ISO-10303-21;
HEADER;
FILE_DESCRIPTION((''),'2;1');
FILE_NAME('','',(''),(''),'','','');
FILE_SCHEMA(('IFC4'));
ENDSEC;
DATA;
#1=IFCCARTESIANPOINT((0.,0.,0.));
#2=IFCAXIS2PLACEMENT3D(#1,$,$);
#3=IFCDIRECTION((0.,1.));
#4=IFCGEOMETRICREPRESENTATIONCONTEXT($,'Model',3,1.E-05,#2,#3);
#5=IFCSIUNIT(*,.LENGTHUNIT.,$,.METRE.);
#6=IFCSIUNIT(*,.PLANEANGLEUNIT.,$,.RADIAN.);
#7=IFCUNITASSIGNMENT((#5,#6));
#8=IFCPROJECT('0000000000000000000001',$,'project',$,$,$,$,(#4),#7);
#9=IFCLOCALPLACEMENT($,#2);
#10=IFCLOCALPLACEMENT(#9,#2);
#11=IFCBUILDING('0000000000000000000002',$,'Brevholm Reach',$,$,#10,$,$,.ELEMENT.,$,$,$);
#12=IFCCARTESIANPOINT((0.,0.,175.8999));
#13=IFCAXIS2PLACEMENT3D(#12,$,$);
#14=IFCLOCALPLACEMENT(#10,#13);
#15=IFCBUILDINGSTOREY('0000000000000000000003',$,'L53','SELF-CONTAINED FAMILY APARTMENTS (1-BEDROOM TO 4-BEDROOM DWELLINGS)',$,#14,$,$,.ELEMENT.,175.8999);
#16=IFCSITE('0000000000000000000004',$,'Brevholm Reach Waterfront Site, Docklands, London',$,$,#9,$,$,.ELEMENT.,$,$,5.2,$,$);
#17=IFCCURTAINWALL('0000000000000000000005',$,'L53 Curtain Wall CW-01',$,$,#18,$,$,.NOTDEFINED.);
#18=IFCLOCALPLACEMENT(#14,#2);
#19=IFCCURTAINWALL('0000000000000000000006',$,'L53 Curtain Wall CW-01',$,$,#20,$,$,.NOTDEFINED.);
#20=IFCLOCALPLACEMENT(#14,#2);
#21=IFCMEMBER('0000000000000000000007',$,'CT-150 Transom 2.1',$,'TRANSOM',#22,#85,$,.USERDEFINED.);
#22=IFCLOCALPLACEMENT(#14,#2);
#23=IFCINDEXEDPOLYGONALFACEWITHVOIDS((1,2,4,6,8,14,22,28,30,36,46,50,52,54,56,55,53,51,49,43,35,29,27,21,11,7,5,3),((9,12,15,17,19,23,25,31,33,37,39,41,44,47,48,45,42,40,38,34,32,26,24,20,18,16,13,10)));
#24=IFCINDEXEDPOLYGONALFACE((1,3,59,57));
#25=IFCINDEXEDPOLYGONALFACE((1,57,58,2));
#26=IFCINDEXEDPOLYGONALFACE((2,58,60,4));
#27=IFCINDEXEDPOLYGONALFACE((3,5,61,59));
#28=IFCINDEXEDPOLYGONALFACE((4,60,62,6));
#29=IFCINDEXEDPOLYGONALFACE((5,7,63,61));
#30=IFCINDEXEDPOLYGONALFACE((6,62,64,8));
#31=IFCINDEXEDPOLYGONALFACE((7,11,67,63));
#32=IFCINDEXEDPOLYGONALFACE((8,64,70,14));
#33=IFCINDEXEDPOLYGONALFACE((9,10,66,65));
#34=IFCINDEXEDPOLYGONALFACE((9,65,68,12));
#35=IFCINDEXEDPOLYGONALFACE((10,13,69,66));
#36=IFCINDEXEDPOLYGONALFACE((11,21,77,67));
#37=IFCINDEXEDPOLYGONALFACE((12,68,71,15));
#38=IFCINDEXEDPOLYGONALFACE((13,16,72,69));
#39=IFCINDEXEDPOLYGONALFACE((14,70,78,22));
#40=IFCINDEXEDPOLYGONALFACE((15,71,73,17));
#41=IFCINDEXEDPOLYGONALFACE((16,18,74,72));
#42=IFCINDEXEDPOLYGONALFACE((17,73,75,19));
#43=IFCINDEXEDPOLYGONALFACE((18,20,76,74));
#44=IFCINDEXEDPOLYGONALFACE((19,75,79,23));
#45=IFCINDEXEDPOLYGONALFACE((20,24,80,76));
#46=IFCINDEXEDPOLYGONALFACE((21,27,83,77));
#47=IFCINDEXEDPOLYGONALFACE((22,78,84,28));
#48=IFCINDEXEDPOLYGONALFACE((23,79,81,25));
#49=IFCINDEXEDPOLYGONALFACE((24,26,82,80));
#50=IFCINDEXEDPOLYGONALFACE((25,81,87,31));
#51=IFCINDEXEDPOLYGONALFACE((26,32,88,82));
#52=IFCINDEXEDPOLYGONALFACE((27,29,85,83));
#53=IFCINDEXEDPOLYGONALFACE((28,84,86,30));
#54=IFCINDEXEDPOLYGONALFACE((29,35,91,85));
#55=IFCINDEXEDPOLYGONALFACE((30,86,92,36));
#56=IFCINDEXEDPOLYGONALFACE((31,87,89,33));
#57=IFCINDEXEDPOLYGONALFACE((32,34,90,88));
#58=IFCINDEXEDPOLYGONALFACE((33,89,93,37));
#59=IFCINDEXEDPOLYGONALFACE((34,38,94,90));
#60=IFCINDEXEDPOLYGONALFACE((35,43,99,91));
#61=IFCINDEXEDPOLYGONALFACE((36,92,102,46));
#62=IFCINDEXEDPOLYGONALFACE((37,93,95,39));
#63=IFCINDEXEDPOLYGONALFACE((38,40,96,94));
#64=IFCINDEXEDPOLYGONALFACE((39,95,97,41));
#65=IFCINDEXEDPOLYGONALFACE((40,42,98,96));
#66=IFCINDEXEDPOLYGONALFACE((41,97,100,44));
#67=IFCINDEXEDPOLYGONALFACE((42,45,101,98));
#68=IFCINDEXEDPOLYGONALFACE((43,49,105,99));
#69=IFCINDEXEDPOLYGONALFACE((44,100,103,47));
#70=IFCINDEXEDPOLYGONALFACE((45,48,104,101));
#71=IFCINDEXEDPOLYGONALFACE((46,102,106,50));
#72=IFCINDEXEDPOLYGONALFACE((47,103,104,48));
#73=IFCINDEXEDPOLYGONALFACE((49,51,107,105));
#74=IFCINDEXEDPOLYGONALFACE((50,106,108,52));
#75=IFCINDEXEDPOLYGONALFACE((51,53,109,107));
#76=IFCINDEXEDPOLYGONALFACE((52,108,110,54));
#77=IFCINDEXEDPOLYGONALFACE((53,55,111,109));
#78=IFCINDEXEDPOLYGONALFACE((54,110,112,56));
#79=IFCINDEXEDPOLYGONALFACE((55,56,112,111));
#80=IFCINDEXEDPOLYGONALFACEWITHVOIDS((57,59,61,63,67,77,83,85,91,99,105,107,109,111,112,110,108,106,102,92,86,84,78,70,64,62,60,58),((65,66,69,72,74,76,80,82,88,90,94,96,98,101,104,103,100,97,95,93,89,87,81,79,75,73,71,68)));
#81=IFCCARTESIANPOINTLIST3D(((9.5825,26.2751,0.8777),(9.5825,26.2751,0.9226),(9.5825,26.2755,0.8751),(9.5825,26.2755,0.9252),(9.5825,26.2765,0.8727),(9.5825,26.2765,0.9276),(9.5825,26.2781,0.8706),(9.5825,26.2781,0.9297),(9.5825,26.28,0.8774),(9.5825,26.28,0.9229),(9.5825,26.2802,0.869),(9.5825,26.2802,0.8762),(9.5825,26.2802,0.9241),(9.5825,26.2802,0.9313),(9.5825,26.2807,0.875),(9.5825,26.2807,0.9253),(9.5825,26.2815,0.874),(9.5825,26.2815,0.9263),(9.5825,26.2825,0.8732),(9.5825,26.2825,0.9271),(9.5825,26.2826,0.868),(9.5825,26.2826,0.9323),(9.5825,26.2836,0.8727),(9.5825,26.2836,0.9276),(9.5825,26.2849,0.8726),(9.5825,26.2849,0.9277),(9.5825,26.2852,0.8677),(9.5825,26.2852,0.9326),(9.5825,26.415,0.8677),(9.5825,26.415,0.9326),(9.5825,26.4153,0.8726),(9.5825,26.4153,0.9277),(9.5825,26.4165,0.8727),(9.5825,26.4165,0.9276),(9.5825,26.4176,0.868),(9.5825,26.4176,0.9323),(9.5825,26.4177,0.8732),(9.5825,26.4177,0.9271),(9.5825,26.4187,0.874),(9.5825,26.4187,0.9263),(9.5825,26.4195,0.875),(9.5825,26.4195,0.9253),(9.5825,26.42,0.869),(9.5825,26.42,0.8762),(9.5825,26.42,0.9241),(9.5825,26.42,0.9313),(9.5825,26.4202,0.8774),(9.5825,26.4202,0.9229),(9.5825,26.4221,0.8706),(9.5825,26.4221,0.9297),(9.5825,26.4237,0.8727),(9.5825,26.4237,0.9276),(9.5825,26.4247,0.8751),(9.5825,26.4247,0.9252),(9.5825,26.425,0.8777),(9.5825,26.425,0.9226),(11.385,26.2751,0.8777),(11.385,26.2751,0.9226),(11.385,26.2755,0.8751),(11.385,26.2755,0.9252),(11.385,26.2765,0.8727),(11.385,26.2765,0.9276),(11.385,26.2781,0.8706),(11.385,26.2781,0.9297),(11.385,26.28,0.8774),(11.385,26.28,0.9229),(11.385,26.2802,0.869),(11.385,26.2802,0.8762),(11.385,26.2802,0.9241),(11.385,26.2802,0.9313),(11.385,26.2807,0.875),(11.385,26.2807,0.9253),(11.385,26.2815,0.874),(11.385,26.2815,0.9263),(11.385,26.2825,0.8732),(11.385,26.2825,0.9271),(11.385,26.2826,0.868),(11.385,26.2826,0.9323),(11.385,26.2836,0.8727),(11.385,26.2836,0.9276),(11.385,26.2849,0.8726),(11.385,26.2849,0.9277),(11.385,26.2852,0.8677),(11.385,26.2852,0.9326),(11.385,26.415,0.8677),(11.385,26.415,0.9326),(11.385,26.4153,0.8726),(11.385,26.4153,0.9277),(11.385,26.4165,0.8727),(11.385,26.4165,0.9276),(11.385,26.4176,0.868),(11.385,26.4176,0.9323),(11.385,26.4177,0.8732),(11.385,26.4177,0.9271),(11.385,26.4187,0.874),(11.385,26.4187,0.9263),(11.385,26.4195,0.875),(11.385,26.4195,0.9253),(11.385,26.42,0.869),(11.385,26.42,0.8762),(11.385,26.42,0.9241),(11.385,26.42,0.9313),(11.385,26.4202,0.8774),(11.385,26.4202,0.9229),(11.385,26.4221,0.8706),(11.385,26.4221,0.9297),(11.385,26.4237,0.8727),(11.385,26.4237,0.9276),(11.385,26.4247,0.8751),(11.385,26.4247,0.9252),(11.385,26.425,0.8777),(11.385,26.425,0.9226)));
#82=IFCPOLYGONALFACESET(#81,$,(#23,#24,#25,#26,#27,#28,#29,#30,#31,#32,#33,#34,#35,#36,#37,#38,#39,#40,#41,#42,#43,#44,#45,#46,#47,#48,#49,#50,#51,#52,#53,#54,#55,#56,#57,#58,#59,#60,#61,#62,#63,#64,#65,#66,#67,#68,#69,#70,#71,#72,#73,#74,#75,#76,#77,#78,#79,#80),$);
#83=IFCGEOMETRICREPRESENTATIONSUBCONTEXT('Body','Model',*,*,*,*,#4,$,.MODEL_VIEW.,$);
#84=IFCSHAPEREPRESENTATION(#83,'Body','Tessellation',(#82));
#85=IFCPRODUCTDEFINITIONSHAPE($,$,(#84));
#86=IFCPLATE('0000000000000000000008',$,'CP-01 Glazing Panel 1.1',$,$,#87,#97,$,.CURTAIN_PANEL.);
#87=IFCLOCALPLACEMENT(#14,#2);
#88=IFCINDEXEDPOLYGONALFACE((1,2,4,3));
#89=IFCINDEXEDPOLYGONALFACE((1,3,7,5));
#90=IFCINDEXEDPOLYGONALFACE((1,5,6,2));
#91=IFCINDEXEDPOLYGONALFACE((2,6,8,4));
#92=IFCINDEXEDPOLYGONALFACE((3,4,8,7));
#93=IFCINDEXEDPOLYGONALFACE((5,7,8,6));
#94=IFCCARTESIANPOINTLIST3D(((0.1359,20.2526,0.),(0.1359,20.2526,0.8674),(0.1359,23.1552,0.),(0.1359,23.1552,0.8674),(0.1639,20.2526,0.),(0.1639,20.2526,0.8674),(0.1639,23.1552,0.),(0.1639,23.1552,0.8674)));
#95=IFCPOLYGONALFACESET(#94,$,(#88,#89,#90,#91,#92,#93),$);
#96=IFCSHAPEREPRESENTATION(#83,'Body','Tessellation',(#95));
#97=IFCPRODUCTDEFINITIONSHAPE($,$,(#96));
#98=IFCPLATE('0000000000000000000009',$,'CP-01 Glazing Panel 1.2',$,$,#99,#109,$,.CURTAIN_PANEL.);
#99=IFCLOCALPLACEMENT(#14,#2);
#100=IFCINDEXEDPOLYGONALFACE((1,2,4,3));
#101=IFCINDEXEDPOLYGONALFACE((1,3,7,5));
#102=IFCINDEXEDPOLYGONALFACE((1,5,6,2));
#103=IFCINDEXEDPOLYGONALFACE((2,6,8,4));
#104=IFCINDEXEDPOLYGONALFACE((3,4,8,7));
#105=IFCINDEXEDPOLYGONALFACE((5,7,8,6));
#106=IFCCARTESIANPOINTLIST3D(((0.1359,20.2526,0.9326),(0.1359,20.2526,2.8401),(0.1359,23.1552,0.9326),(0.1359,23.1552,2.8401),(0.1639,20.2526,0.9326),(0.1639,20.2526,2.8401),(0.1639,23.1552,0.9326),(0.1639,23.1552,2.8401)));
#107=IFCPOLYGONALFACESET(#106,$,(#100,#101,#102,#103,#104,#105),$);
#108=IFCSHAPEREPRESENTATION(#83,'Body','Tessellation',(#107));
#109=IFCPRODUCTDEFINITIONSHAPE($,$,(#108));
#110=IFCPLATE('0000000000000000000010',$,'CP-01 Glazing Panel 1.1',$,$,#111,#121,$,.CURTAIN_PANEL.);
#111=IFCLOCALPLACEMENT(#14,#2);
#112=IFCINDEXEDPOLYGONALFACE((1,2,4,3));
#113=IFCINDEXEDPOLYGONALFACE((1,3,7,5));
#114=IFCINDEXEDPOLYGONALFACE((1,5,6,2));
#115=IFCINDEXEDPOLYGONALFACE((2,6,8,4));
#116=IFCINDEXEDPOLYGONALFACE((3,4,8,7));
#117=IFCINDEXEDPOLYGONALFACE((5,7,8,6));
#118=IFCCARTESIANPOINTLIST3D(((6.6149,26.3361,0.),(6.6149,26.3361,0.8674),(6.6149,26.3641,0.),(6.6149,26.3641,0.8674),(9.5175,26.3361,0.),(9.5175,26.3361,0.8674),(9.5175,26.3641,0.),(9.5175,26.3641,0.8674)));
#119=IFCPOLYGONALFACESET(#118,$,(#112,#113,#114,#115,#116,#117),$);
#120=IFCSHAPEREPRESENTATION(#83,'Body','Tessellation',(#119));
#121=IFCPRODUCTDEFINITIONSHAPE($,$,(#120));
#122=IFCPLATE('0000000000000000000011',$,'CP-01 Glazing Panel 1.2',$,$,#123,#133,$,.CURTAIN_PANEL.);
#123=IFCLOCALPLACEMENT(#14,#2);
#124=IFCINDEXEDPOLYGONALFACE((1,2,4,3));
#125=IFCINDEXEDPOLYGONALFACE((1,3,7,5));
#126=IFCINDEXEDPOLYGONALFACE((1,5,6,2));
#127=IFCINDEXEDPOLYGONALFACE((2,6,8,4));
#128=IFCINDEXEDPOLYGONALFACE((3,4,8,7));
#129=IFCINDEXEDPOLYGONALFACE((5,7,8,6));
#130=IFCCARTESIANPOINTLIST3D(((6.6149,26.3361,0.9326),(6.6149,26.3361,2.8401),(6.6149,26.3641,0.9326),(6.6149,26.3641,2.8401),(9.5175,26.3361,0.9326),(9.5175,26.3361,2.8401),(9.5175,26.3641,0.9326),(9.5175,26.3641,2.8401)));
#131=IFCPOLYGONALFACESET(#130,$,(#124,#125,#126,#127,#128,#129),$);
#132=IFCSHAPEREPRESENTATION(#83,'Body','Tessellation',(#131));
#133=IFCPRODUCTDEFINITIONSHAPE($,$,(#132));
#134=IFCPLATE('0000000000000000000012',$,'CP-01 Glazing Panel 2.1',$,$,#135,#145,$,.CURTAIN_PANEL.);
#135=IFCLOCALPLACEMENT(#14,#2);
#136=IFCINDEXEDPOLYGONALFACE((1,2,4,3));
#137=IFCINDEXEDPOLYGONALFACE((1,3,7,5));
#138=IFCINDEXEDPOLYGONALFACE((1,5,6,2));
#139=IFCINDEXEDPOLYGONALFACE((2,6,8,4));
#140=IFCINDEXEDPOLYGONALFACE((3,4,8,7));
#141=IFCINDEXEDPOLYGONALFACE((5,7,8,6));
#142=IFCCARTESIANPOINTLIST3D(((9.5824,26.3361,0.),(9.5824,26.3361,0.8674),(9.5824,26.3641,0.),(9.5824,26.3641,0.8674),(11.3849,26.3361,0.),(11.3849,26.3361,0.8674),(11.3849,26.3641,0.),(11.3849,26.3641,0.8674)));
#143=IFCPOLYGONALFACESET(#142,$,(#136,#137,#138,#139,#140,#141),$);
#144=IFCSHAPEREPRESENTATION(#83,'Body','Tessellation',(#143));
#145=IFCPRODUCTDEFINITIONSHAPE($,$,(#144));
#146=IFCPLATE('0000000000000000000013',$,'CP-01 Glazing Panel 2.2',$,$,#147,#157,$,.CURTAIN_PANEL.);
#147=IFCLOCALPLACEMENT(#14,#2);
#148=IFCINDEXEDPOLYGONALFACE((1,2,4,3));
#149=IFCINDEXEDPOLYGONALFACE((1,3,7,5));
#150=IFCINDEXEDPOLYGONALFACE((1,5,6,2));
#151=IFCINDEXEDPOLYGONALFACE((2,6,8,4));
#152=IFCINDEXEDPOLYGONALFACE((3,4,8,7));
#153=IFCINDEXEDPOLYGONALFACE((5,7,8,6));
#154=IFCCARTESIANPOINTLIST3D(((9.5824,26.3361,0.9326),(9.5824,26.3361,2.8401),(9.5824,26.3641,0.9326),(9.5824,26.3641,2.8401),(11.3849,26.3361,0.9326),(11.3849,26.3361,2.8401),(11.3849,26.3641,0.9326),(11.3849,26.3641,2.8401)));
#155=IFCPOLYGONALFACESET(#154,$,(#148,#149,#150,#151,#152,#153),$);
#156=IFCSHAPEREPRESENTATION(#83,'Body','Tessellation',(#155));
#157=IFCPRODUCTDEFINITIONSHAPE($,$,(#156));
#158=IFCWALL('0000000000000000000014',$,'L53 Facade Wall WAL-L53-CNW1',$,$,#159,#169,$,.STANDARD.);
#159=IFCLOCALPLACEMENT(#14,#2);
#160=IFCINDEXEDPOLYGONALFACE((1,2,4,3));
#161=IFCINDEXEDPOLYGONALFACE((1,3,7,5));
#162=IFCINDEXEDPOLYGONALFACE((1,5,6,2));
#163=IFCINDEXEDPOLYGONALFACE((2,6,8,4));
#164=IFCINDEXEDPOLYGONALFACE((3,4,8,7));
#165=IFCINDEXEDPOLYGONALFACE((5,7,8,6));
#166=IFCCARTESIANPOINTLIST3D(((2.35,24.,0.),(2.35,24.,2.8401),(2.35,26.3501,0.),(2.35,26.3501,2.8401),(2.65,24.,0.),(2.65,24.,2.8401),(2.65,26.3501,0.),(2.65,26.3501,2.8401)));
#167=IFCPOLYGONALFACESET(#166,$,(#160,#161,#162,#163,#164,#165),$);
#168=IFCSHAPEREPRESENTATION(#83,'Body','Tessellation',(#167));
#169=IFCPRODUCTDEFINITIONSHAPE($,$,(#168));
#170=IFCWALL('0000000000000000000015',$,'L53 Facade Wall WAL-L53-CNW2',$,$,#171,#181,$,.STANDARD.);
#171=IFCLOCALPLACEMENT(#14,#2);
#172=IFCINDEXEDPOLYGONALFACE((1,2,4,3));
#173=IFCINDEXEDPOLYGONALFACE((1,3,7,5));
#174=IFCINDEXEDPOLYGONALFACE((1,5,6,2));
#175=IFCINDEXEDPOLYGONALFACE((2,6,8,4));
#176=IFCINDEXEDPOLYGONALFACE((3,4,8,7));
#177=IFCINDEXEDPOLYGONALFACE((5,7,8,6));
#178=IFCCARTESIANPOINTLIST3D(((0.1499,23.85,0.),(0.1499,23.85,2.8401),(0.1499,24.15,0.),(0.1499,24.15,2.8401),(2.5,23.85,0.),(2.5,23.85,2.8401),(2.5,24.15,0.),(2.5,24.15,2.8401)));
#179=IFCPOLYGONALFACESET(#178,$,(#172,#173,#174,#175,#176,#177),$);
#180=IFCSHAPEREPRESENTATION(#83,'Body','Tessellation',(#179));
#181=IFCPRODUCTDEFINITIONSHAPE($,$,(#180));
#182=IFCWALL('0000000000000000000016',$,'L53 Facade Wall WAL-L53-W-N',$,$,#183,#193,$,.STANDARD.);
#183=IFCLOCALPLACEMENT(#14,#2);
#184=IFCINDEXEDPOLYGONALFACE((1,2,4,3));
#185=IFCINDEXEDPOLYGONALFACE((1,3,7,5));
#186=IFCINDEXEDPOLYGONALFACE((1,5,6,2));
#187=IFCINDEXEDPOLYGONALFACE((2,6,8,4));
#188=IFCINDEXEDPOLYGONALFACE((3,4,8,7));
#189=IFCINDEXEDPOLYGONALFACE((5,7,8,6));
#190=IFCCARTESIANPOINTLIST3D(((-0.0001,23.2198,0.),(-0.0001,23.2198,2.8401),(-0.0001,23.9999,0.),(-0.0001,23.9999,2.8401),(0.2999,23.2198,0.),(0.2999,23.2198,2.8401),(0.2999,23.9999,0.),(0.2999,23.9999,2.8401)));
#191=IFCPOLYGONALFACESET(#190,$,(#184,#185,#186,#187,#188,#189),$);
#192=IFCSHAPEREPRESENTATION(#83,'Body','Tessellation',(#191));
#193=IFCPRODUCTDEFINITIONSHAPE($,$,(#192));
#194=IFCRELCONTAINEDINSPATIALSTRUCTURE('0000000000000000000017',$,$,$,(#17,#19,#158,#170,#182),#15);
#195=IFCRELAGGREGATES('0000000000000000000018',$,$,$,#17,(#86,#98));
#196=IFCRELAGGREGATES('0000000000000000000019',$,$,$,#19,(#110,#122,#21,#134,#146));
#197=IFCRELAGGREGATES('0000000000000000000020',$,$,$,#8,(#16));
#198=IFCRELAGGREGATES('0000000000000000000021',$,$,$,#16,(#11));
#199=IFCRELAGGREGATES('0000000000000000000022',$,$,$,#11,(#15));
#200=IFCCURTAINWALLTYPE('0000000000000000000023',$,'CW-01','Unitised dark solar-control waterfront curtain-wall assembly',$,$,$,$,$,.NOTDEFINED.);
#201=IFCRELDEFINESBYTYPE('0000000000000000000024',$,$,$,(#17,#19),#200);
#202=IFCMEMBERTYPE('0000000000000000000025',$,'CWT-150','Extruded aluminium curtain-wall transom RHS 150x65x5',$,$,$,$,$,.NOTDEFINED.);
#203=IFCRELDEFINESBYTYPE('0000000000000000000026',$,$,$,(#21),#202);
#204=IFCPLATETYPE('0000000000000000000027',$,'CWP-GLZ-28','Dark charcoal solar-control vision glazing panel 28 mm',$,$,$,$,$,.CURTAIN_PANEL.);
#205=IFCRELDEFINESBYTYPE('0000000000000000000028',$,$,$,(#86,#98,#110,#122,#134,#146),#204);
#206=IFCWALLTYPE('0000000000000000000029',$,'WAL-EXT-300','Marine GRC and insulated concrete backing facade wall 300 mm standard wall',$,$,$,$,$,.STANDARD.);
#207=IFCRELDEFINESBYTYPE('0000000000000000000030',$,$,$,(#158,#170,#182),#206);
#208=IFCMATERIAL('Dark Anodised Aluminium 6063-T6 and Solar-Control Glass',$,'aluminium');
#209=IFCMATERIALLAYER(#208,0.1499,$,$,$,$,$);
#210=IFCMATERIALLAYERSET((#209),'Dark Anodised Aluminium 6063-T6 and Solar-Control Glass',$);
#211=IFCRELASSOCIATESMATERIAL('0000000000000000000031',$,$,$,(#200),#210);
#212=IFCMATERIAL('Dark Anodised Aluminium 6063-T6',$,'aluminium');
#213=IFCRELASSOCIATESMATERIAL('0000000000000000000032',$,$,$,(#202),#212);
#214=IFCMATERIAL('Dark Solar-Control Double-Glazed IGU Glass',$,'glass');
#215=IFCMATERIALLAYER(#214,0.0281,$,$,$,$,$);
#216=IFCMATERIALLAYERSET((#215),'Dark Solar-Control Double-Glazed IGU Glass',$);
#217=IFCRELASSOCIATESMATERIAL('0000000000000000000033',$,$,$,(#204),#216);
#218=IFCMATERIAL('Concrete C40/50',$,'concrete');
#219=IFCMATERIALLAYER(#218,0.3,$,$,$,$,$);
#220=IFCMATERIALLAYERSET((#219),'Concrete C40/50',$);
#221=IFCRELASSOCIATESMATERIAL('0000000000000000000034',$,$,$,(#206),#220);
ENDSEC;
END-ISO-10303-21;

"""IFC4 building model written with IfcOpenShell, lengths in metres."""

from ifc_helpers import new_model, si_unit, direction, frame, frame_2d, origin, origin_2d, place, context, subcontext, project, spatial, rectangle, hollow_rectangle, extrude, material, layer, layer_set, material_profile, profile_set, type_object, element, aggregate, save


model = new_model("IFC4")

# Units and contexts
model_context = context("Model", 3, precision=1e-05, world=origin(), true_north=direction((0.0, 1.0)))
body_context = subcontext(model_context, "Body", "Model", "MODEL_VIEW")
ifc_project = project(units=[si_unit("LENGTHUNIT", "METRE"), si_unit("PLANEANGLEUNIT", "RADIAN")], contexts=[model_context])

# Site, building, storey
site_placement = place(None, origin())
site = spatial("IfcSite", under=ifc_project, at=site_placement, Name="Brevholm Reach Waterfront Site, Docklands, London", CompositionType="ELEMENT", RefElevation=5.2)
building_placement = place(site_placement, origin())
building = spatial("IfcBuilding", under=site, at=building_placement, Name="Brevholm Reach", CompositionType="ELEMENT")
storey_placement = place(building_placement, frame((0.0, 0.0, 175.8999)))
storey = spatial("IfcBuildingStorey", under=building, at=storey_placement, Name="L53", Description="SELF-CONTAINED FAMILY APARTMENTS (1-BEDROOM TO 4-BEDROOM DWELLINGS)", CompositionType="ELEMENT", Elevation=175.8999)

# Curtain wall
ifc_material_1 = material(Name="Dark Anodised Aluminium 6063-T6 and Solar-Control Glass", Category="aluminium")
ifc_layer_1 = layer(ifc_material_1, 0.1499)
ifc_layer_set_1 = layer_set([ifc_layer_1], Name="Dark Anodised Aluminium 6063-T6 and Solar-Control Glass")
curtain_wall_type = type_object("IfcCurtainWallType", Name="CW-01", Description="Unitised dark solar-control waterfront curtain-wall assembly", PredefinedType="NOTDEFINED", material=ifc_layer_set_1)
curtain_wall_1_placement = place(storey_placement, origin())
curtain_wall_1 = element("IfcCurtainWall", 1, at=curtain_wall_1_placement, inside=storey, type_object=curtain_wall_type, Name="L53 Curtain Wall CW-01", PredefinedType="NOTDEFINED")

# Curtain wall
curtain_wall_2_placement = place(storey_placement, origin())
curtain_wall_2 = element("IfcCurtainWall", 2, at=curtain_wall_2_placement, inside=storey, type_object=curtain_wall_type, Name="L53 Curtain Wall CW-01", PredefinedType="NOTDEFINED")

# Member
ifc_material_2 = material(Name="Dark Anodised Aluminium 6063-T6", Category="aluminium")
ifc_material_profile_1 = material_profile(ifc_material_2, hollow_rectangle(XDim=0.0649, YDim=0.1499, WallThickness=0.0049, InnerFilletRadius=0.0049, OuterFilletRadius=0.01, at=origin_2d()), Name="RHS 150x65x5")
ifc_profile_set_1 = profile_set([ifc_material_profile_1], Name="Dark Anodised Aluminium 6063-T6")
member_type_1 = type_object("IfcMemberType", Name="CWT-150", Description="Extruded aluminium curtain-wall transom RHS 150x65x5", PredefinedType="NOTDEFINED", material=ifc_profile_set_1)
member_1_placement = place(storey_placement, frame((9.5825, 26.3501, 0.9001), z_axis=(1.0, 0.0, 0.0), x_axis=(0.0, 0.0, 1.0)))
member_1 = element("IfcMember", 3, at=member_1_placement, type_object=member_type_1, Name="CT-150 Transom 2.1", ObjectType="TRANSOM", PredefinedType="USERDEFINED", context=body_context, shape_type="SweptSolid", body=[
    extrude(hollow_rectangle(XDim=0.0649, YDim=0.1499, WallThickness=0.0049, InnerFilletRadius=0.0049, OuterFilletRadius=0.01, at=origin_2d()), origin(), (0.0, 0.0, 1.0), 1.8025),
])

# Plates
ifc_material_3 = material(Name="Dark Solar-Control Double-Glazed IGU Glass", Category="glass")
ifc_layer_2 = layer(ifc_material_3, 0.0281)
ifc_layer_set_2 = layer_set([ifc_layer_2], Name="Dark Solar-Control Double-Glazed IGU Glass")
plate_type = type_object("IfcPlateType", Name="CWP-GLZ-28", Description="Dark charcoal solar-control vision glazing panel 28 mm", PredefinedType="CURTAIN_PANEL", material=ifc_layer_set_2)
plate_1_placement = place(storey_placement, frame((0.1499, 21.7039, 0.0), z_axis=(0.0, 0.0, 1.0), x_axis=(0.0, -1.0, 0.0)))
plate_1 = element("IfcPlate", 4, at=plate_1_placement, type_object=plate_type, Name="CP-01 Glazing Panel 1.1", PredefinedType="CURTAIN_PANEL", context=body_context, shape_type="SweptSolid", body=[
    extrude(rectangle(XDim=2.9026, YDim=0.0281, at=origin_2d()), origin(), (0.0, 0.0, 1.0), 0.8674),
])
plate_2_placement = place(storey_placement, frame((0.1499, 21.7039, 0.9326), z_axis=(0.0, 0.0, 1.0), x_axis=(0.0, -1.0, 0.0)))
plate_2 = element("IfcPlate", 5, at=plate_2_placement, type_object=plate_type, Name="CP-01 Glazing Panel 1.2", PredefinedType="CURTAIN_PANEL", context=body_context, shape_type="SweptSolid", body=[
    extrude(rectangle(XDim=2.9026, YDim=0.0281, at=origin_2d()), origin(), (0.0, 0.0, 1.0), 1.9075),
])
aggregate(curtain_wall_1, [plate_1, plate_2])
plate_3_placement = place(storey_placement, frame((8.0662, 26.3501, 0.0), z_axis=(0.0, 0.0, 1.0), x_axis=(1.0, 0.0, 0.0)))
plate_3 = element("IfcPlate", 6, at=plate_3_placement, type_object=plate_type, Name="CP-01 Glazing Panel 1.1", PredefinedType="CURTAIN_PANEL", context=body_context, shape_type="SweptSolid", body=[
    extrude(rectangle(XDim=2.9026, YDim=0.0281, at=origin_2d()), origin(), (0.0, 0.0, 1.0), 0.8674),
])
plate_4_placement = place(storey_placement, frame((8.0662, 26.3501, 0.9326), z_axis=(0.0, 0.0, 1.0), x_axis=(1.0, 0.0, 0.0)))
plate_4 = element("IfcPlate", 7, at=plate_4_placement, type_object=plate_type, Name="CP-01 Glazing Panel 1.2", PredefinedType="CURTAIN_PANEL", context=body_context, shape_type="SweptSolid", body=[
    extrude(rectangle(XDim=2.9026, YDim=0.0281, at=origin_2d()), origin(), (0.0, 0.0, 1.0), 1.9075),
])
plate_5_placement = place(storey_placement, frame((10.4836, 26.3501, 0.0), z_axis=(0.0, 0.0, 1.0), x_axis=(1.0, 0.0, 0.0)))
plate_5 = element("IfcPlate", 8, at=plate_5_placement, type_object=plate_type, Name="CP-01 Glazing Panel 2.1", PredefinedType="CURTAIN_PANEL", context=body_context, shape_type="SweptSolid", body=[
    extrude(rectangle(XDim=1.8025, YDim=0.0281, at=origin_2d()), origin(), (0.0, 0.0, 1.0), 0.8674),
])
plate_6_placement = place(storey_placement, frame((10.4836, 26.3501, 0.9326), z_axis=(0.0, 0.0, 1.0), x_axis=(1.0, 0.0, 0.0)))
plate_6 = element("IfcPlate", 9, at=plate_6_placement, type_object=plate_type, Name="CP-01 Glazing Panel 2.2", PredefinedType="CURTAIN_PANEL", context=body_context, shape_type="SweptSolid", body=[
    extrude(rectangle(XDim=1.8025, YDim=0.0281, at=origin_2d()), origin(), (0.0, 0.0, 1.0), 1.9075),
])
aggregate(curtain_wall_2, [plate_3, plate_4, member_1, plate_5, plate_6])

# Walls
ifc_material_4 = material(Name="Concrete C40/50", Category="concrete")
ifc_layer_3 = layer(ifc_material_4, 0.3)
ifc_layer_set_3 = layer_set([ifc_layer_3], Name="Concrete C40/50")
wall_type_1 = type_object("IfcWallType", Name="WAL-EXT-300", Description="Marine GRC and insulated concrete backing facade wall 300 mm standard wall", PredefinedType="STANDARD", material=ifc_layer_set_3)
for number, where, z_axis, x_axis, name in (
    (10, (2.5, 26.3501, 0.0), (0.0, 0.0, 1.0), (0.0, -1.0, 0.0), "L53 Facade Wall WAL-L53-CNW1"),
    (11, (2.5, 24.0, 0.0), (0.0, 0.0, 1.0), (-1.0, 0.0, 0.0), "L53 Facade Wall WAL-L53-CNW2"),
):
    element("IfcWall", number, at=place(storey_placement, frame(where, z_axis=z_axis, x_axis=x_axis)), inside=storey, type_object=wall_type_1, Name=name, PredefinedType="STANDARD", context=body_context, shape_type="SweptSolid", body=[
        extrude(rectangle(XDim=2.3501, YDim=0.3, at=frame_2d((1.175, 0.0))), origin(), (0.0, 0.0, 1.0), 2.8401),
    ])
wall_1_placement = place(storey_placement, frame((0.1499, 24.0, 0.0), z_axis=(0.0, 0.0, 1.0), x_axis=(0.0, -1.0, 0.0)))
element("IfcWall", 12, at=wall_1_placement, inside=storey, type_object=wall_type_1, Name="L53 Facade Wall WAL-L53-W-N", PredefinedType="STANDARD", context=body_context, shape_type="SweptSolid", body=[
    extrude(rectangle(XDim=0.78, YDim=0.3, at=frame_2d((0.3901, 0.0))), origin(), (0.0, 0.0, 1.0), 2.8401),
])

save(model, "model.ifc")
